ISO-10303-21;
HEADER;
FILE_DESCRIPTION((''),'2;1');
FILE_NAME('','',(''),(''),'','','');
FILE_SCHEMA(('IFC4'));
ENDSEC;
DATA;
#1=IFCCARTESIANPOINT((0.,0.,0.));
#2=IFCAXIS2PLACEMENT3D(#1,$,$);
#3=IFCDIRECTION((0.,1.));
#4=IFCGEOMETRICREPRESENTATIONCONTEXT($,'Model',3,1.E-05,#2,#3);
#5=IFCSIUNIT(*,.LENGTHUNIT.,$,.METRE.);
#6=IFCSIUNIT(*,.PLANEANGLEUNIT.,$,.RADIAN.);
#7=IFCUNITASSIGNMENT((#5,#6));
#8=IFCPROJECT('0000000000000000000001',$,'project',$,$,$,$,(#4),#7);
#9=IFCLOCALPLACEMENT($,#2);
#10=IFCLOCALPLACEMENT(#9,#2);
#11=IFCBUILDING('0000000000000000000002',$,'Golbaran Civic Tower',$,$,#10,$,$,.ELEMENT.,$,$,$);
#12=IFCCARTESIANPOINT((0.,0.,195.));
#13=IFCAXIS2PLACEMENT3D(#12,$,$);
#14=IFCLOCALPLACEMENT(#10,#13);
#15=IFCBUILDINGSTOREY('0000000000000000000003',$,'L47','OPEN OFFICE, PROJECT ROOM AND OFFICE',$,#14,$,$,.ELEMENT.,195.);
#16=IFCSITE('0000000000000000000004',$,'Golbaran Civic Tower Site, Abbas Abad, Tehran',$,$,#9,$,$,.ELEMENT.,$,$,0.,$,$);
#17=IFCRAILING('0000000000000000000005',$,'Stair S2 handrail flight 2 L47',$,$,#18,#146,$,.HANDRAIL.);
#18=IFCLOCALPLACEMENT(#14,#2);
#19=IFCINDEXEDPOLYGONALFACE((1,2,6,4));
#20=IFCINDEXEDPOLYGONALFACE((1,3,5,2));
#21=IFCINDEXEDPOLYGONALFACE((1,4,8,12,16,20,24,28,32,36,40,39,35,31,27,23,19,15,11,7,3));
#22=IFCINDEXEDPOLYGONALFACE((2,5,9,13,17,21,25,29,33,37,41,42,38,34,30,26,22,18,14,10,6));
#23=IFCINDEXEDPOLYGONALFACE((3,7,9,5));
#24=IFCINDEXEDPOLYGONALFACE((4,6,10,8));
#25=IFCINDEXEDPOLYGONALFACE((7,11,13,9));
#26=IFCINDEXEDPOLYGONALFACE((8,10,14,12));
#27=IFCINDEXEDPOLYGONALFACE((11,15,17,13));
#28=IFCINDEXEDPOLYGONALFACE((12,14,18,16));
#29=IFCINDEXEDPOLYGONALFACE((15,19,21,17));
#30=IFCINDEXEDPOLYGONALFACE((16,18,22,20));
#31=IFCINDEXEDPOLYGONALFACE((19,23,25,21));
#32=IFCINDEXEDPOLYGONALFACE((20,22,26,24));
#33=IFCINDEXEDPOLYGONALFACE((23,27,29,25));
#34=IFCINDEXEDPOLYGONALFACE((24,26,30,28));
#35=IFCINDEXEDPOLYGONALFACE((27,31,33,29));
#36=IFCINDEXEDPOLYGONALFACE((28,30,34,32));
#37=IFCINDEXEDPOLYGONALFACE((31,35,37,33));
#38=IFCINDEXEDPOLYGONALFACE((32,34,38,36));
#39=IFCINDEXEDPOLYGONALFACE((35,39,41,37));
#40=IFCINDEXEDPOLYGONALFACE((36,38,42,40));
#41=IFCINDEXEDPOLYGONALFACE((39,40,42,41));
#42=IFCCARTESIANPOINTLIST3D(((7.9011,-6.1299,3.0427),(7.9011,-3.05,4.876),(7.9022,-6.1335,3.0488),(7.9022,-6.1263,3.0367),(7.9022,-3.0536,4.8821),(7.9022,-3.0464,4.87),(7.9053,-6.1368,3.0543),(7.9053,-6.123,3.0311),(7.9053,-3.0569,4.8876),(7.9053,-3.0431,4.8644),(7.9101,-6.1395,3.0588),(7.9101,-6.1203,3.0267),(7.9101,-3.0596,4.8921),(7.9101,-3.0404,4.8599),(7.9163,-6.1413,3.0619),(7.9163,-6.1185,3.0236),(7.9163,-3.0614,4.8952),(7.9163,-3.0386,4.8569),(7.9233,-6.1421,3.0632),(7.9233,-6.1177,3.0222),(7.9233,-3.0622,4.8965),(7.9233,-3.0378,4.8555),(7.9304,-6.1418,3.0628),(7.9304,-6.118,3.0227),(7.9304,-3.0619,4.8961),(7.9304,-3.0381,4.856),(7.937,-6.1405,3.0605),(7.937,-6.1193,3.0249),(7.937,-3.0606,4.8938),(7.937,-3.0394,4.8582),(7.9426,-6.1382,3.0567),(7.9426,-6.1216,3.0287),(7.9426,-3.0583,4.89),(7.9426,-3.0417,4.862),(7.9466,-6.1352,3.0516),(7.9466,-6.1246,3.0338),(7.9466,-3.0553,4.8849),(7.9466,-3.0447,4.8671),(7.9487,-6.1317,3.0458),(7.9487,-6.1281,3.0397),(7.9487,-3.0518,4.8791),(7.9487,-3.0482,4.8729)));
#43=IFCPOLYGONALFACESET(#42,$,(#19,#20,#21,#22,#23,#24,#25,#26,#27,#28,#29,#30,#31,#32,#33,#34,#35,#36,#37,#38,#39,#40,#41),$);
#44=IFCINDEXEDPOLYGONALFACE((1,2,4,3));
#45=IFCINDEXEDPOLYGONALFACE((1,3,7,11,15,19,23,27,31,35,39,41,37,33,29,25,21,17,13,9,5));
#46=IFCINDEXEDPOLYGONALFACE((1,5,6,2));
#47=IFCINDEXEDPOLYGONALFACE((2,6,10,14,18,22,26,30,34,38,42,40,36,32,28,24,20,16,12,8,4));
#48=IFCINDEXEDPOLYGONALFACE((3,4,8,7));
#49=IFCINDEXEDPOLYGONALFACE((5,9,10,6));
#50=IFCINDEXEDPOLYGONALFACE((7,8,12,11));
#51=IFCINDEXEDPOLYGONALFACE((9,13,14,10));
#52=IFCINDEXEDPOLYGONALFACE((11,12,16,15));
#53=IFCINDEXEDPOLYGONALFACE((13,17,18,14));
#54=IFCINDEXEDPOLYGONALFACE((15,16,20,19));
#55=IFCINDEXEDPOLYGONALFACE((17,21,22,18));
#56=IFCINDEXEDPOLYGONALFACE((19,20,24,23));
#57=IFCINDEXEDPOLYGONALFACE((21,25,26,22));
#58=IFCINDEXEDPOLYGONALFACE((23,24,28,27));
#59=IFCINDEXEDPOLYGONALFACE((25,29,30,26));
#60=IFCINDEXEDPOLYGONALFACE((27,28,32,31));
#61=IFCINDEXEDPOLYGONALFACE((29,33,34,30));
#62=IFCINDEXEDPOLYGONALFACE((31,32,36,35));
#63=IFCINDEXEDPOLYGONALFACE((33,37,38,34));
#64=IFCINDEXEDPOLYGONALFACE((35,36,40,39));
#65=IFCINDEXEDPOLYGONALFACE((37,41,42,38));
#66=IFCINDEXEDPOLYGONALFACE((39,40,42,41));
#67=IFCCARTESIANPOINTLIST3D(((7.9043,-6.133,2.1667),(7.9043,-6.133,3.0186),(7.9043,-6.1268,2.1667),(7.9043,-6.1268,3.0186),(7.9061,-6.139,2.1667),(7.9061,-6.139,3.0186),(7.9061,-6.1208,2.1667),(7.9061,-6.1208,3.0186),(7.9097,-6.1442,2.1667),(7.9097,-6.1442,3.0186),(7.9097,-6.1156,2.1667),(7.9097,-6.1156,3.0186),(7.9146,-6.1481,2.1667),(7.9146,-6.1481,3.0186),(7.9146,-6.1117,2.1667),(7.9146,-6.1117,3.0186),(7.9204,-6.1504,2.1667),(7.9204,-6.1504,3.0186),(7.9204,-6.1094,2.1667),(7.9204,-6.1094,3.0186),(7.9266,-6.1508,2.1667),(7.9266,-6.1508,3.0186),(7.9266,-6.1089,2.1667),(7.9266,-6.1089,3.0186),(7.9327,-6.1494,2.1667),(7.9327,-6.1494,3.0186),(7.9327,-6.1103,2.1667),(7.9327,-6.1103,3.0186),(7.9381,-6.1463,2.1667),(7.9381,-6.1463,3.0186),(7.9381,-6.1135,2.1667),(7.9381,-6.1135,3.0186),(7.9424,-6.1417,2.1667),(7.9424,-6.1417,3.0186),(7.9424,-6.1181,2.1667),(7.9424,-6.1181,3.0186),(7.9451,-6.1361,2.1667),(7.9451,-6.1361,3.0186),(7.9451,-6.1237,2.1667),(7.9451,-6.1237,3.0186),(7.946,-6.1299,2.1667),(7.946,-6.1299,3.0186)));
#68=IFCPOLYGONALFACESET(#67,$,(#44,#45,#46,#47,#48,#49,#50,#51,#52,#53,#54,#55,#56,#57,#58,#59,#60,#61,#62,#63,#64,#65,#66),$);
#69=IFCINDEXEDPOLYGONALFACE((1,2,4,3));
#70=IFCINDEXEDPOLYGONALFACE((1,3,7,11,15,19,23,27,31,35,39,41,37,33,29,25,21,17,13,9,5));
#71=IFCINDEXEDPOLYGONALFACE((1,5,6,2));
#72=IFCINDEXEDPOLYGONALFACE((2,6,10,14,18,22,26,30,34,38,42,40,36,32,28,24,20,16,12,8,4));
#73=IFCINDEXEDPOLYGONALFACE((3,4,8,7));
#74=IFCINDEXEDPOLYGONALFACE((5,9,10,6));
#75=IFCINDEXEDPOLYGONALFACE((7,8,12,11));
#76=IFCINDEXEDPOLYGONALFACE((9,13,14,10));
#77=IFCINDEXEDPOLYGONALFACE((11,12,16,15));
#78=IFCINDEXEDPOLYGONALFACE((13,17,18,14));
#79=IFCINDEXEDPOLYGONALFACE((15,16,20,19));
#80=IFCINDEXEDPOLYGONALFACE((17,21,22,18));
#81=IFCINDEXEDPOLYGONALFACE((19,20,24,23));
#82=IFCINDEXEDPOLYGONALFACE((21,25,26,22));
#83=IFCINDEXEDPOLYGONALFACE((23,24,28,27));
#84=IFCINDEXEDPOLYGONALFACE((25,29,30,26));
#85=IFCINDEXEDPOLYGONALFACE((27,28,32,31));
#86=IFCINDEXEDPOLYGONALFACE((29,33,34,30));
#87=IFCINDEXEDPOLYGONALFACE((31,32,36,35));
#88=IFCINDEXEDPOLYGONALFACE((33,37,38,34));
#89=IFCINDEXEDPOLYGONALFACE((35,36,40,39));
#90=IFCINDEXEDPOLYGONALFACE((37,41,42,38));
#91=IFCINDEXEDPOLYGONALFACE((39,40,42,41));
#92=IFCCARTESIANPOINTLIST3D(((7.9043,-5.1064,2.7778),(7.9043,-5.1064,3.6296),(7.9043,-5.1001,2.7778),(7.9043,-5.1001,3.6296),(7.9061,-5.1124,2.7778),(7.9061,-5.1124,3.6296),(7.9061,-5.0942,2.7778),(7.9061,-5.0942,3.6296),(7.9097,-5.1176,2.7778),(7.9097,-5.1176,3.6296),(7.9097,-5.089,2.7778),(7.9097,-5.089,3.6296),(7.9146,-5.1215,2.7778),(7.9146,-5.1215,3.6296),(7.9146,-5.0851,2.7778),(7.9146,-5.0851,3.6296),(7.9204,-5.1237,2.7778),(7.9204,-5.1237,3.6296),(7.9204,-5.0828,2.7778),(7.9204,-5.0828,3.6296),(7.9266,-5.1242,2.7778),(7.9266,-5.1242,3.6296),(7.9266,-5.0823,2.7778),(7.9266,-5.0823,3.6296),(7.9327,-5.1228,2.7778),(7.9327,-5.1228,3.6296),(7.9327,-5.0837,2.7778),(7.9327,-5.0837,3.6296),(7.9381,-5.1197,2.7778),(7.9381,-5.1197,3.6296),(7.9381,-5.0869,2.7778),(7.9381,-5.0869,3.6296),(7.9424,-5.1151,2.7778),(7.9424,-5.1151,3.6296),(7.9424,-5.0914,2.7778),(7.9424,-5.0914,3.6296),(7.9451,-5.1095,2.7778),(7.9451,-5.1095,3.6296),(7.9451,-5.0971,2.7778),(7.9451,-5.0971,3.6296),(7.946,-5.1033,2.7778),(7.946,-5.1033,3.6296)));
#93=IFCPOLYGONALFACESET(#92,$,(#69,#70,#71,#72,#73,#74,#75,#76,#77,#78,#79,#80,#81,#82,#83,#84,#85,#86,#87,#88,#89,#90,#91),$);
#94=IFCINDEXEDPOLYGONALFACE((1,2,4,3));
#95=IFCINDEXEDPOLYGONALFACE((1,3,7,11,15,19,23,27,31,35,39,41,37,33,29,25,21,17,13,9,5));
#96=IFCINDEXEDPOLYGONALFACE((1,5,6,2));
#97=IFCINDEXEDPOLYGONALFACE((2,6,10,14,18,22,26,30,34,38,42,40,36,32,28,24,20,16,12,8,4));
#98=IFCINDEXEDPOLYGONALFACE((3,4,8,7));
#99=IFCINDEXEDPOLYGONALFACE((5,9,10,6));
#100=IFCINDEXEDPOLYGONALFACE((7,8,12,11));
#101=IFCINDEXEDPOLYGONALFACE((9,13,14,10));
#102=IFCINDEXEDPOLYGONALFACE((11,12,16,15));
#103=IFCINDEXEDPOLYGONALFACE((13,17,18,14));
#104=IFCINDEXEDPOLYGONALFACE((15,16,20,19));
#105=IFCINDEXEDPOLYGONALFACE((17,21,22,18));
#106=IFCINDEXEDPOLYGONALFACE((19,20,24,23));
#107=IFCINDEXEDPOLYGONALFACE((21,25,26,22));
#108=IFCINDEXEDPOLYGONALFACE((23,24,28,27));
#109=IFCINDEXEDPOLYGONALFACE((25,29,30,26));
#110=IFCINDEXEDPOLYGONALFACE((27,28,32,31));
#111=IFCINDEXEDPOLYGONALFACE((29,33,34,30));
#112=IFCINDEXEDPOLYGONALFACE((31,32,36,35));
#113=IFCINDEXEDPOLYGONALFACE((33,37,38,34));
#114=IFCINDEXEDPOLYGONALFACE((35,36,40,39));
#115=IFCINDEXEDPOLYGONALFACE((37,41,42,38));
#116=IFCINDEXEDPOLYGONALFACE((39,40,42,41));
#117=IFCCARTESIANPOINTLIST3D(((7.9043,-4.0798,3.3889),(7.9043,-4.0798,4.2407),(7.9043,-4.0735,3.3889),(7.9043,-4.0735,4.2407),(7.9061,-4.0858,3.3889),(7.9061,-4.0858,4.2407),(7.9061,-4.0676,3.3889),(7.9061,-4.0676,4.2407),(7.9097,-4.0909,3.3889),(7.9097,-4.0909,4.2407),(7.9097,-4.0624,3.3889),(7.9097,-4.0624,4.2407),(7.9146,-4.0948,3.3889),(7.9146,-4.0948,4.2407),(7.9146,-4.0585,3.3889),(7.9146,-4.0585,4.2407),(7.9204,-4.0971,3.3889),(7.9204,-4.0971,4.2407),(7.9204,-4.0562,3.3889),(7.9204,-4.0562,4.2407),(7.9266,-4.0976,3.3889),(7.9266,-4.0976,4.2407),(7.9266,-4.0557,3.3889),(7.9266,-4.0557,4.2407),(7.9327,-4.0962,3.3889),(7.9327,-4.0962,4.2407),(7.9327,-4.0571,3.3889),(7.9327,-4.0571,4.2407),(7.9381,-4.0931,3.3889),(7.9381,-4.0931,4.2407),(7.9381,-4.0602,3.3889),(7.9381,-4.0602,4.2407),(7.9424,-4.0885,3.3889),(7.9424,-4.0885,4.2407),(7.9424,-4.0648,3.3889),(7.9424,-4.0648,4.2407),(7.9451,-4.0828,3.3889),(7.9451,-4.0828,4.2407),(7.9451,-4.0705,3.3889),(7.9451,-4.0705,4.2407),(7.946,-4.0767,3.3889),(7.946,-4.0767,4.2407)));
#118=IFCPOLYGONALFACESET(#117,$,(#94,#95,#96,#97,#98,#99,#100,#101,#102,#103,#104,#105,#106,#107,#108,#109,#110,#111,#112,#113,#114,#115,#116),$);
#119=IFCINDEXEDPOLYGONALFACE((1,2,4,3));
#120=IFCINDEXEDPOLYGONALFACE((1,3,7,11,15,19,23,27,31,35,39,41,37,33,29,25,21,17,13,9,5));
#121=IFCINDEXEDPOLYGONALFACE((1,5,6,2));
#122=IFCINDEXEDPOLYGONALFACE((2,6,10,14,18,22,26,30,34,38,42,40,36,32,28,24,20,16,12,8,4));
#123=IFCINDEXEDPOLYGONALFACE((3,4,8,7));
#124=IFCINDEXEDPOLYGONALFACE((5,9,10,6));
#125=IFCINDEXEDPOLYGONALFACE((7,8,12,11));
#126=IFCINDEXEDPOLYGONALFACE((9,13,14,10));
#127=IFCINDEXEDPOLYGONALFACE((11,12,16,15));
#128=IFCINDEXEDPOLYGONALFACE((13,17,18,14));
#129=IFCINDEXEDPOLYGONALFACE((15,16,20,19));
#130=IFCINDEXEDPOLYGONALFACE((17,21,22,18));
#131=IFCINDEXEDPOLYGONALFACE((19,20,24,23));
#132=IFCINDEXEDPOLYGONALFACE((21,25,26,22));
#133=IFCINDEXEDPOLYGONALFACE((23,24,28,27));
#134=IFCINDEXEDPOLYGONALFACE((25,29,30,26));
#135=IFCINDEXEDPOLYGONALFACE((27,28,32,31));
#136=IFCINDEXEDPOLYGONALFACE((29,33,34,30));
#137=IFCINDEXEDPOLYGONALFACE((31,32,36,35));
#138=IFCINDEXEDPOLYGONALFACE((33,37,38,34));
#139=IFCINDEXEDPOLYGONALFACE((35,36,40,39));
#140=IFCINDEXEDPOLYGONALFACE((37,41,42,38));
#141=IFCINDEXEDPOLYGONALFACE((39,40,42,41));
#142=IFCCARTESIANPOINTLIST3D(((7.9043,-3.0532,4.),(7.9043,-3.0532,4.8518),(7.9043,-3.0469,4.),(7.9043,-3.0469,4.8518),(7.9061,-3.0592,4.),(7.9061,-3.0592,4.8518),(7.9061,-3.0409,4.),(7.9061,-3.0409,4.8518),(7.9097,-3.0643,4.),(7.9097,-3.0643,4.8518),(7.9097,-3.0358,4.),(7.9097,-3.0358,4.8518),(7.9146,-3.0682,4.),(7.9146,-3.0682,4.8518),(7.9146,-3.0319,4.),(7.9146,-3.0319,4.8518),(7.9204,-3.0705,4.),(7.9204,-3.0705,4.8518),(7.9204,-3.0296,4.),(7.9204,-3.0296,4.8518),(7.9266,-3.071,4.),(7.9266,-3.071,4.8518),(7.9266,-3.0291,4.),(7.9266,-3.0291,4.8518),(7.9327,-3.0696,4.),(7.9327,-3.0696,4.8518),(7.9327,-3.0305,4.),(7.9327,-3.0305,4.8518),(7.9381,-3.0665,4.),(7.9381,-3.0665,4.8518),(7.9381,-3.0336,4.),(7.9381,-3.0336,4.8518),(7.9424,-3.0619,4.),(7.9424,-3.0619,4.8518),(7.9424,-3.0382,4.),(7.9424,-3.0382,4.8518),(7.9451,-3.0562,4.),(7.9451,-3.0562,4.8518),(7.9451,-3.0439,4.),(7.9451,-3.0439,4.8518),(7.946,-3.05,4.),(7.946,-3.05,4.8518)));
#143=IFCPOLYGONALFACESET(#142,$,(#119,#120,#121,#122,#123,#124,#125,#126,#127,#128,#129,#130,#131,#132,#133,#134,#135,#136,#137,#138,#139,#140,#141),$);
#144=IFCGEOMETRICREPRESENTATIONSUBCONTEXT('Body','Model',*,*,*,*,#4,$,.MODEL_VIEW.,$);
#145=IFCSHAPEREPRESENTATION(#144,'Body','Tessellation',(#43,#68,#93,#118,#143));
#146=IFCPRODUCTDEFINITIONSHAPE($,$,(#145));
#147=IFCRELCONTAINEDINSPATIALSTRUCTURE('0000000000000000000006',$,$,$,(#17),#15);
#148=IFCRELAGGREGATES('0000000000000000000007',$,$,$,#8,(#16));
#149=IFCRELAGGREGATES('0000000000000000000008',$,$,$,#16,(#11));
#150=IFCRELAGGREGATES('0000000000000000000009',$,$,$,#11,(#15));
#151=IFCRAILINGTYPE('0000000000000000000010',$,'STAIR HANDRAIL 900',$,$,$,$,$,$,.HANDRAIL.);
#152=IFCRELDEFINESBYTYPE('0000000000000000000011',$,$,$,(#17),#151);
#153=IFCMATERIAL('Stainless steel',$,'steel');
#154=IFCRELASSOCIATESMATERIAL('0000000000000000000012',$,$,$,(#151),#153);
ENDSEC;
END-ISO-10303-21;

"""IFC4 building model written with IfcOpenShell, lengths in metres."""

from ifc_helpers import new_model, si_unit, direction, frame, origin, origin_2d, place, context, subcontext, project, spatial, circle, extrude, material, type_object, element, save


model = new_model("IFC4")

# Units and contexts
model_context = context("Model", 3, precision=1e-05, world=origin(), true_north=direction((0.0, 1.0)))
body_context = subcontext(model_context, "Body", "Model", "MODEL_VIEW")
ifc_project = project(units=[si_unit("LENGTHUNIT", "METRE"), si_unit("PLANEANGLEUNIT", "RADIAN")], contexts=[model_context])

# Site, building, storey
site_placement = place(None, origin())
site = spatial("IfcSite", under=ifc_project, at=site_placement, Name="Golbaran Civic Tower Site, Abbas Abad, Tehran", CompositionType="ELEMENT", RefElevation=0.0)
building_placement = place(site_placement, origin())
building = spatial("IfcBuilding", under=site, at=building_placement, Name="Golbaran Civic Tower", CompositionType="ELEMENT")
storey_placement = place(building_placement, frame((0.0, 0.0, 195.0)))
storey = spatial("IfcBuildingStorey", under=building, at=storey_placement, Name="L47", Description="OPEN OFFICE, PROJECT ROOM AND OFFICE", CompositionType="ELEMENT", Elevation=195.0)

# Shared definitions
ifc_material_1 = material(Name="Stainless steel", Category="steel")

# Railing
railing_type = type_object("IfcRailingType", Name="STAIR HANDRAIL 900", PredefinedType="HANDRAIL", material=ifc_material_1)
railing_1_placement = place(storey_placement, frame((7.925, -6.1299, 2.1667)))
element("IfcRailing", 1, at=railing_1_placement, inside=storey, type_object=railing_type, Name="Stair S2 handrail flight 2 L47", PredefinedType="HANDRAIL", context=body_context, shape_type="SweptSolid", body=[
    extrude(circle(Radius=0.0239, at=origin_2d()), frame((0.0, 0.0, 0.876), z_axis=(0.0, 0.859291, 0.511487), x_axis=(-1.0, 0.0, 0.0)), (0.0, 0.0, 1.0), 3.5842),
    extrude(circle(Radius=0.021, at=origin_2d()), origin(), (0.0, 0.0, 1.0), 0.8518),
    extrude(circle(Radius=0.021, at=origin_2d()), frame((0.0, 1.0266, 0.6111)), (0.0, 0.0, 1.0), 0.8518),
    extrude(circle(Radius=0.021, at=origin_2d()), frame((0.0, 2.0532, 1.2222)), (0.0, 0.0, 1.0), 0.8518),
    extrude(circle(Radius=0.021, at=origin_2d()), frame((0.0, 3.0798, 1.8333)), (0.0, 0.0, 1.0), 0.8518),
])

save(model, "model.ifc")
